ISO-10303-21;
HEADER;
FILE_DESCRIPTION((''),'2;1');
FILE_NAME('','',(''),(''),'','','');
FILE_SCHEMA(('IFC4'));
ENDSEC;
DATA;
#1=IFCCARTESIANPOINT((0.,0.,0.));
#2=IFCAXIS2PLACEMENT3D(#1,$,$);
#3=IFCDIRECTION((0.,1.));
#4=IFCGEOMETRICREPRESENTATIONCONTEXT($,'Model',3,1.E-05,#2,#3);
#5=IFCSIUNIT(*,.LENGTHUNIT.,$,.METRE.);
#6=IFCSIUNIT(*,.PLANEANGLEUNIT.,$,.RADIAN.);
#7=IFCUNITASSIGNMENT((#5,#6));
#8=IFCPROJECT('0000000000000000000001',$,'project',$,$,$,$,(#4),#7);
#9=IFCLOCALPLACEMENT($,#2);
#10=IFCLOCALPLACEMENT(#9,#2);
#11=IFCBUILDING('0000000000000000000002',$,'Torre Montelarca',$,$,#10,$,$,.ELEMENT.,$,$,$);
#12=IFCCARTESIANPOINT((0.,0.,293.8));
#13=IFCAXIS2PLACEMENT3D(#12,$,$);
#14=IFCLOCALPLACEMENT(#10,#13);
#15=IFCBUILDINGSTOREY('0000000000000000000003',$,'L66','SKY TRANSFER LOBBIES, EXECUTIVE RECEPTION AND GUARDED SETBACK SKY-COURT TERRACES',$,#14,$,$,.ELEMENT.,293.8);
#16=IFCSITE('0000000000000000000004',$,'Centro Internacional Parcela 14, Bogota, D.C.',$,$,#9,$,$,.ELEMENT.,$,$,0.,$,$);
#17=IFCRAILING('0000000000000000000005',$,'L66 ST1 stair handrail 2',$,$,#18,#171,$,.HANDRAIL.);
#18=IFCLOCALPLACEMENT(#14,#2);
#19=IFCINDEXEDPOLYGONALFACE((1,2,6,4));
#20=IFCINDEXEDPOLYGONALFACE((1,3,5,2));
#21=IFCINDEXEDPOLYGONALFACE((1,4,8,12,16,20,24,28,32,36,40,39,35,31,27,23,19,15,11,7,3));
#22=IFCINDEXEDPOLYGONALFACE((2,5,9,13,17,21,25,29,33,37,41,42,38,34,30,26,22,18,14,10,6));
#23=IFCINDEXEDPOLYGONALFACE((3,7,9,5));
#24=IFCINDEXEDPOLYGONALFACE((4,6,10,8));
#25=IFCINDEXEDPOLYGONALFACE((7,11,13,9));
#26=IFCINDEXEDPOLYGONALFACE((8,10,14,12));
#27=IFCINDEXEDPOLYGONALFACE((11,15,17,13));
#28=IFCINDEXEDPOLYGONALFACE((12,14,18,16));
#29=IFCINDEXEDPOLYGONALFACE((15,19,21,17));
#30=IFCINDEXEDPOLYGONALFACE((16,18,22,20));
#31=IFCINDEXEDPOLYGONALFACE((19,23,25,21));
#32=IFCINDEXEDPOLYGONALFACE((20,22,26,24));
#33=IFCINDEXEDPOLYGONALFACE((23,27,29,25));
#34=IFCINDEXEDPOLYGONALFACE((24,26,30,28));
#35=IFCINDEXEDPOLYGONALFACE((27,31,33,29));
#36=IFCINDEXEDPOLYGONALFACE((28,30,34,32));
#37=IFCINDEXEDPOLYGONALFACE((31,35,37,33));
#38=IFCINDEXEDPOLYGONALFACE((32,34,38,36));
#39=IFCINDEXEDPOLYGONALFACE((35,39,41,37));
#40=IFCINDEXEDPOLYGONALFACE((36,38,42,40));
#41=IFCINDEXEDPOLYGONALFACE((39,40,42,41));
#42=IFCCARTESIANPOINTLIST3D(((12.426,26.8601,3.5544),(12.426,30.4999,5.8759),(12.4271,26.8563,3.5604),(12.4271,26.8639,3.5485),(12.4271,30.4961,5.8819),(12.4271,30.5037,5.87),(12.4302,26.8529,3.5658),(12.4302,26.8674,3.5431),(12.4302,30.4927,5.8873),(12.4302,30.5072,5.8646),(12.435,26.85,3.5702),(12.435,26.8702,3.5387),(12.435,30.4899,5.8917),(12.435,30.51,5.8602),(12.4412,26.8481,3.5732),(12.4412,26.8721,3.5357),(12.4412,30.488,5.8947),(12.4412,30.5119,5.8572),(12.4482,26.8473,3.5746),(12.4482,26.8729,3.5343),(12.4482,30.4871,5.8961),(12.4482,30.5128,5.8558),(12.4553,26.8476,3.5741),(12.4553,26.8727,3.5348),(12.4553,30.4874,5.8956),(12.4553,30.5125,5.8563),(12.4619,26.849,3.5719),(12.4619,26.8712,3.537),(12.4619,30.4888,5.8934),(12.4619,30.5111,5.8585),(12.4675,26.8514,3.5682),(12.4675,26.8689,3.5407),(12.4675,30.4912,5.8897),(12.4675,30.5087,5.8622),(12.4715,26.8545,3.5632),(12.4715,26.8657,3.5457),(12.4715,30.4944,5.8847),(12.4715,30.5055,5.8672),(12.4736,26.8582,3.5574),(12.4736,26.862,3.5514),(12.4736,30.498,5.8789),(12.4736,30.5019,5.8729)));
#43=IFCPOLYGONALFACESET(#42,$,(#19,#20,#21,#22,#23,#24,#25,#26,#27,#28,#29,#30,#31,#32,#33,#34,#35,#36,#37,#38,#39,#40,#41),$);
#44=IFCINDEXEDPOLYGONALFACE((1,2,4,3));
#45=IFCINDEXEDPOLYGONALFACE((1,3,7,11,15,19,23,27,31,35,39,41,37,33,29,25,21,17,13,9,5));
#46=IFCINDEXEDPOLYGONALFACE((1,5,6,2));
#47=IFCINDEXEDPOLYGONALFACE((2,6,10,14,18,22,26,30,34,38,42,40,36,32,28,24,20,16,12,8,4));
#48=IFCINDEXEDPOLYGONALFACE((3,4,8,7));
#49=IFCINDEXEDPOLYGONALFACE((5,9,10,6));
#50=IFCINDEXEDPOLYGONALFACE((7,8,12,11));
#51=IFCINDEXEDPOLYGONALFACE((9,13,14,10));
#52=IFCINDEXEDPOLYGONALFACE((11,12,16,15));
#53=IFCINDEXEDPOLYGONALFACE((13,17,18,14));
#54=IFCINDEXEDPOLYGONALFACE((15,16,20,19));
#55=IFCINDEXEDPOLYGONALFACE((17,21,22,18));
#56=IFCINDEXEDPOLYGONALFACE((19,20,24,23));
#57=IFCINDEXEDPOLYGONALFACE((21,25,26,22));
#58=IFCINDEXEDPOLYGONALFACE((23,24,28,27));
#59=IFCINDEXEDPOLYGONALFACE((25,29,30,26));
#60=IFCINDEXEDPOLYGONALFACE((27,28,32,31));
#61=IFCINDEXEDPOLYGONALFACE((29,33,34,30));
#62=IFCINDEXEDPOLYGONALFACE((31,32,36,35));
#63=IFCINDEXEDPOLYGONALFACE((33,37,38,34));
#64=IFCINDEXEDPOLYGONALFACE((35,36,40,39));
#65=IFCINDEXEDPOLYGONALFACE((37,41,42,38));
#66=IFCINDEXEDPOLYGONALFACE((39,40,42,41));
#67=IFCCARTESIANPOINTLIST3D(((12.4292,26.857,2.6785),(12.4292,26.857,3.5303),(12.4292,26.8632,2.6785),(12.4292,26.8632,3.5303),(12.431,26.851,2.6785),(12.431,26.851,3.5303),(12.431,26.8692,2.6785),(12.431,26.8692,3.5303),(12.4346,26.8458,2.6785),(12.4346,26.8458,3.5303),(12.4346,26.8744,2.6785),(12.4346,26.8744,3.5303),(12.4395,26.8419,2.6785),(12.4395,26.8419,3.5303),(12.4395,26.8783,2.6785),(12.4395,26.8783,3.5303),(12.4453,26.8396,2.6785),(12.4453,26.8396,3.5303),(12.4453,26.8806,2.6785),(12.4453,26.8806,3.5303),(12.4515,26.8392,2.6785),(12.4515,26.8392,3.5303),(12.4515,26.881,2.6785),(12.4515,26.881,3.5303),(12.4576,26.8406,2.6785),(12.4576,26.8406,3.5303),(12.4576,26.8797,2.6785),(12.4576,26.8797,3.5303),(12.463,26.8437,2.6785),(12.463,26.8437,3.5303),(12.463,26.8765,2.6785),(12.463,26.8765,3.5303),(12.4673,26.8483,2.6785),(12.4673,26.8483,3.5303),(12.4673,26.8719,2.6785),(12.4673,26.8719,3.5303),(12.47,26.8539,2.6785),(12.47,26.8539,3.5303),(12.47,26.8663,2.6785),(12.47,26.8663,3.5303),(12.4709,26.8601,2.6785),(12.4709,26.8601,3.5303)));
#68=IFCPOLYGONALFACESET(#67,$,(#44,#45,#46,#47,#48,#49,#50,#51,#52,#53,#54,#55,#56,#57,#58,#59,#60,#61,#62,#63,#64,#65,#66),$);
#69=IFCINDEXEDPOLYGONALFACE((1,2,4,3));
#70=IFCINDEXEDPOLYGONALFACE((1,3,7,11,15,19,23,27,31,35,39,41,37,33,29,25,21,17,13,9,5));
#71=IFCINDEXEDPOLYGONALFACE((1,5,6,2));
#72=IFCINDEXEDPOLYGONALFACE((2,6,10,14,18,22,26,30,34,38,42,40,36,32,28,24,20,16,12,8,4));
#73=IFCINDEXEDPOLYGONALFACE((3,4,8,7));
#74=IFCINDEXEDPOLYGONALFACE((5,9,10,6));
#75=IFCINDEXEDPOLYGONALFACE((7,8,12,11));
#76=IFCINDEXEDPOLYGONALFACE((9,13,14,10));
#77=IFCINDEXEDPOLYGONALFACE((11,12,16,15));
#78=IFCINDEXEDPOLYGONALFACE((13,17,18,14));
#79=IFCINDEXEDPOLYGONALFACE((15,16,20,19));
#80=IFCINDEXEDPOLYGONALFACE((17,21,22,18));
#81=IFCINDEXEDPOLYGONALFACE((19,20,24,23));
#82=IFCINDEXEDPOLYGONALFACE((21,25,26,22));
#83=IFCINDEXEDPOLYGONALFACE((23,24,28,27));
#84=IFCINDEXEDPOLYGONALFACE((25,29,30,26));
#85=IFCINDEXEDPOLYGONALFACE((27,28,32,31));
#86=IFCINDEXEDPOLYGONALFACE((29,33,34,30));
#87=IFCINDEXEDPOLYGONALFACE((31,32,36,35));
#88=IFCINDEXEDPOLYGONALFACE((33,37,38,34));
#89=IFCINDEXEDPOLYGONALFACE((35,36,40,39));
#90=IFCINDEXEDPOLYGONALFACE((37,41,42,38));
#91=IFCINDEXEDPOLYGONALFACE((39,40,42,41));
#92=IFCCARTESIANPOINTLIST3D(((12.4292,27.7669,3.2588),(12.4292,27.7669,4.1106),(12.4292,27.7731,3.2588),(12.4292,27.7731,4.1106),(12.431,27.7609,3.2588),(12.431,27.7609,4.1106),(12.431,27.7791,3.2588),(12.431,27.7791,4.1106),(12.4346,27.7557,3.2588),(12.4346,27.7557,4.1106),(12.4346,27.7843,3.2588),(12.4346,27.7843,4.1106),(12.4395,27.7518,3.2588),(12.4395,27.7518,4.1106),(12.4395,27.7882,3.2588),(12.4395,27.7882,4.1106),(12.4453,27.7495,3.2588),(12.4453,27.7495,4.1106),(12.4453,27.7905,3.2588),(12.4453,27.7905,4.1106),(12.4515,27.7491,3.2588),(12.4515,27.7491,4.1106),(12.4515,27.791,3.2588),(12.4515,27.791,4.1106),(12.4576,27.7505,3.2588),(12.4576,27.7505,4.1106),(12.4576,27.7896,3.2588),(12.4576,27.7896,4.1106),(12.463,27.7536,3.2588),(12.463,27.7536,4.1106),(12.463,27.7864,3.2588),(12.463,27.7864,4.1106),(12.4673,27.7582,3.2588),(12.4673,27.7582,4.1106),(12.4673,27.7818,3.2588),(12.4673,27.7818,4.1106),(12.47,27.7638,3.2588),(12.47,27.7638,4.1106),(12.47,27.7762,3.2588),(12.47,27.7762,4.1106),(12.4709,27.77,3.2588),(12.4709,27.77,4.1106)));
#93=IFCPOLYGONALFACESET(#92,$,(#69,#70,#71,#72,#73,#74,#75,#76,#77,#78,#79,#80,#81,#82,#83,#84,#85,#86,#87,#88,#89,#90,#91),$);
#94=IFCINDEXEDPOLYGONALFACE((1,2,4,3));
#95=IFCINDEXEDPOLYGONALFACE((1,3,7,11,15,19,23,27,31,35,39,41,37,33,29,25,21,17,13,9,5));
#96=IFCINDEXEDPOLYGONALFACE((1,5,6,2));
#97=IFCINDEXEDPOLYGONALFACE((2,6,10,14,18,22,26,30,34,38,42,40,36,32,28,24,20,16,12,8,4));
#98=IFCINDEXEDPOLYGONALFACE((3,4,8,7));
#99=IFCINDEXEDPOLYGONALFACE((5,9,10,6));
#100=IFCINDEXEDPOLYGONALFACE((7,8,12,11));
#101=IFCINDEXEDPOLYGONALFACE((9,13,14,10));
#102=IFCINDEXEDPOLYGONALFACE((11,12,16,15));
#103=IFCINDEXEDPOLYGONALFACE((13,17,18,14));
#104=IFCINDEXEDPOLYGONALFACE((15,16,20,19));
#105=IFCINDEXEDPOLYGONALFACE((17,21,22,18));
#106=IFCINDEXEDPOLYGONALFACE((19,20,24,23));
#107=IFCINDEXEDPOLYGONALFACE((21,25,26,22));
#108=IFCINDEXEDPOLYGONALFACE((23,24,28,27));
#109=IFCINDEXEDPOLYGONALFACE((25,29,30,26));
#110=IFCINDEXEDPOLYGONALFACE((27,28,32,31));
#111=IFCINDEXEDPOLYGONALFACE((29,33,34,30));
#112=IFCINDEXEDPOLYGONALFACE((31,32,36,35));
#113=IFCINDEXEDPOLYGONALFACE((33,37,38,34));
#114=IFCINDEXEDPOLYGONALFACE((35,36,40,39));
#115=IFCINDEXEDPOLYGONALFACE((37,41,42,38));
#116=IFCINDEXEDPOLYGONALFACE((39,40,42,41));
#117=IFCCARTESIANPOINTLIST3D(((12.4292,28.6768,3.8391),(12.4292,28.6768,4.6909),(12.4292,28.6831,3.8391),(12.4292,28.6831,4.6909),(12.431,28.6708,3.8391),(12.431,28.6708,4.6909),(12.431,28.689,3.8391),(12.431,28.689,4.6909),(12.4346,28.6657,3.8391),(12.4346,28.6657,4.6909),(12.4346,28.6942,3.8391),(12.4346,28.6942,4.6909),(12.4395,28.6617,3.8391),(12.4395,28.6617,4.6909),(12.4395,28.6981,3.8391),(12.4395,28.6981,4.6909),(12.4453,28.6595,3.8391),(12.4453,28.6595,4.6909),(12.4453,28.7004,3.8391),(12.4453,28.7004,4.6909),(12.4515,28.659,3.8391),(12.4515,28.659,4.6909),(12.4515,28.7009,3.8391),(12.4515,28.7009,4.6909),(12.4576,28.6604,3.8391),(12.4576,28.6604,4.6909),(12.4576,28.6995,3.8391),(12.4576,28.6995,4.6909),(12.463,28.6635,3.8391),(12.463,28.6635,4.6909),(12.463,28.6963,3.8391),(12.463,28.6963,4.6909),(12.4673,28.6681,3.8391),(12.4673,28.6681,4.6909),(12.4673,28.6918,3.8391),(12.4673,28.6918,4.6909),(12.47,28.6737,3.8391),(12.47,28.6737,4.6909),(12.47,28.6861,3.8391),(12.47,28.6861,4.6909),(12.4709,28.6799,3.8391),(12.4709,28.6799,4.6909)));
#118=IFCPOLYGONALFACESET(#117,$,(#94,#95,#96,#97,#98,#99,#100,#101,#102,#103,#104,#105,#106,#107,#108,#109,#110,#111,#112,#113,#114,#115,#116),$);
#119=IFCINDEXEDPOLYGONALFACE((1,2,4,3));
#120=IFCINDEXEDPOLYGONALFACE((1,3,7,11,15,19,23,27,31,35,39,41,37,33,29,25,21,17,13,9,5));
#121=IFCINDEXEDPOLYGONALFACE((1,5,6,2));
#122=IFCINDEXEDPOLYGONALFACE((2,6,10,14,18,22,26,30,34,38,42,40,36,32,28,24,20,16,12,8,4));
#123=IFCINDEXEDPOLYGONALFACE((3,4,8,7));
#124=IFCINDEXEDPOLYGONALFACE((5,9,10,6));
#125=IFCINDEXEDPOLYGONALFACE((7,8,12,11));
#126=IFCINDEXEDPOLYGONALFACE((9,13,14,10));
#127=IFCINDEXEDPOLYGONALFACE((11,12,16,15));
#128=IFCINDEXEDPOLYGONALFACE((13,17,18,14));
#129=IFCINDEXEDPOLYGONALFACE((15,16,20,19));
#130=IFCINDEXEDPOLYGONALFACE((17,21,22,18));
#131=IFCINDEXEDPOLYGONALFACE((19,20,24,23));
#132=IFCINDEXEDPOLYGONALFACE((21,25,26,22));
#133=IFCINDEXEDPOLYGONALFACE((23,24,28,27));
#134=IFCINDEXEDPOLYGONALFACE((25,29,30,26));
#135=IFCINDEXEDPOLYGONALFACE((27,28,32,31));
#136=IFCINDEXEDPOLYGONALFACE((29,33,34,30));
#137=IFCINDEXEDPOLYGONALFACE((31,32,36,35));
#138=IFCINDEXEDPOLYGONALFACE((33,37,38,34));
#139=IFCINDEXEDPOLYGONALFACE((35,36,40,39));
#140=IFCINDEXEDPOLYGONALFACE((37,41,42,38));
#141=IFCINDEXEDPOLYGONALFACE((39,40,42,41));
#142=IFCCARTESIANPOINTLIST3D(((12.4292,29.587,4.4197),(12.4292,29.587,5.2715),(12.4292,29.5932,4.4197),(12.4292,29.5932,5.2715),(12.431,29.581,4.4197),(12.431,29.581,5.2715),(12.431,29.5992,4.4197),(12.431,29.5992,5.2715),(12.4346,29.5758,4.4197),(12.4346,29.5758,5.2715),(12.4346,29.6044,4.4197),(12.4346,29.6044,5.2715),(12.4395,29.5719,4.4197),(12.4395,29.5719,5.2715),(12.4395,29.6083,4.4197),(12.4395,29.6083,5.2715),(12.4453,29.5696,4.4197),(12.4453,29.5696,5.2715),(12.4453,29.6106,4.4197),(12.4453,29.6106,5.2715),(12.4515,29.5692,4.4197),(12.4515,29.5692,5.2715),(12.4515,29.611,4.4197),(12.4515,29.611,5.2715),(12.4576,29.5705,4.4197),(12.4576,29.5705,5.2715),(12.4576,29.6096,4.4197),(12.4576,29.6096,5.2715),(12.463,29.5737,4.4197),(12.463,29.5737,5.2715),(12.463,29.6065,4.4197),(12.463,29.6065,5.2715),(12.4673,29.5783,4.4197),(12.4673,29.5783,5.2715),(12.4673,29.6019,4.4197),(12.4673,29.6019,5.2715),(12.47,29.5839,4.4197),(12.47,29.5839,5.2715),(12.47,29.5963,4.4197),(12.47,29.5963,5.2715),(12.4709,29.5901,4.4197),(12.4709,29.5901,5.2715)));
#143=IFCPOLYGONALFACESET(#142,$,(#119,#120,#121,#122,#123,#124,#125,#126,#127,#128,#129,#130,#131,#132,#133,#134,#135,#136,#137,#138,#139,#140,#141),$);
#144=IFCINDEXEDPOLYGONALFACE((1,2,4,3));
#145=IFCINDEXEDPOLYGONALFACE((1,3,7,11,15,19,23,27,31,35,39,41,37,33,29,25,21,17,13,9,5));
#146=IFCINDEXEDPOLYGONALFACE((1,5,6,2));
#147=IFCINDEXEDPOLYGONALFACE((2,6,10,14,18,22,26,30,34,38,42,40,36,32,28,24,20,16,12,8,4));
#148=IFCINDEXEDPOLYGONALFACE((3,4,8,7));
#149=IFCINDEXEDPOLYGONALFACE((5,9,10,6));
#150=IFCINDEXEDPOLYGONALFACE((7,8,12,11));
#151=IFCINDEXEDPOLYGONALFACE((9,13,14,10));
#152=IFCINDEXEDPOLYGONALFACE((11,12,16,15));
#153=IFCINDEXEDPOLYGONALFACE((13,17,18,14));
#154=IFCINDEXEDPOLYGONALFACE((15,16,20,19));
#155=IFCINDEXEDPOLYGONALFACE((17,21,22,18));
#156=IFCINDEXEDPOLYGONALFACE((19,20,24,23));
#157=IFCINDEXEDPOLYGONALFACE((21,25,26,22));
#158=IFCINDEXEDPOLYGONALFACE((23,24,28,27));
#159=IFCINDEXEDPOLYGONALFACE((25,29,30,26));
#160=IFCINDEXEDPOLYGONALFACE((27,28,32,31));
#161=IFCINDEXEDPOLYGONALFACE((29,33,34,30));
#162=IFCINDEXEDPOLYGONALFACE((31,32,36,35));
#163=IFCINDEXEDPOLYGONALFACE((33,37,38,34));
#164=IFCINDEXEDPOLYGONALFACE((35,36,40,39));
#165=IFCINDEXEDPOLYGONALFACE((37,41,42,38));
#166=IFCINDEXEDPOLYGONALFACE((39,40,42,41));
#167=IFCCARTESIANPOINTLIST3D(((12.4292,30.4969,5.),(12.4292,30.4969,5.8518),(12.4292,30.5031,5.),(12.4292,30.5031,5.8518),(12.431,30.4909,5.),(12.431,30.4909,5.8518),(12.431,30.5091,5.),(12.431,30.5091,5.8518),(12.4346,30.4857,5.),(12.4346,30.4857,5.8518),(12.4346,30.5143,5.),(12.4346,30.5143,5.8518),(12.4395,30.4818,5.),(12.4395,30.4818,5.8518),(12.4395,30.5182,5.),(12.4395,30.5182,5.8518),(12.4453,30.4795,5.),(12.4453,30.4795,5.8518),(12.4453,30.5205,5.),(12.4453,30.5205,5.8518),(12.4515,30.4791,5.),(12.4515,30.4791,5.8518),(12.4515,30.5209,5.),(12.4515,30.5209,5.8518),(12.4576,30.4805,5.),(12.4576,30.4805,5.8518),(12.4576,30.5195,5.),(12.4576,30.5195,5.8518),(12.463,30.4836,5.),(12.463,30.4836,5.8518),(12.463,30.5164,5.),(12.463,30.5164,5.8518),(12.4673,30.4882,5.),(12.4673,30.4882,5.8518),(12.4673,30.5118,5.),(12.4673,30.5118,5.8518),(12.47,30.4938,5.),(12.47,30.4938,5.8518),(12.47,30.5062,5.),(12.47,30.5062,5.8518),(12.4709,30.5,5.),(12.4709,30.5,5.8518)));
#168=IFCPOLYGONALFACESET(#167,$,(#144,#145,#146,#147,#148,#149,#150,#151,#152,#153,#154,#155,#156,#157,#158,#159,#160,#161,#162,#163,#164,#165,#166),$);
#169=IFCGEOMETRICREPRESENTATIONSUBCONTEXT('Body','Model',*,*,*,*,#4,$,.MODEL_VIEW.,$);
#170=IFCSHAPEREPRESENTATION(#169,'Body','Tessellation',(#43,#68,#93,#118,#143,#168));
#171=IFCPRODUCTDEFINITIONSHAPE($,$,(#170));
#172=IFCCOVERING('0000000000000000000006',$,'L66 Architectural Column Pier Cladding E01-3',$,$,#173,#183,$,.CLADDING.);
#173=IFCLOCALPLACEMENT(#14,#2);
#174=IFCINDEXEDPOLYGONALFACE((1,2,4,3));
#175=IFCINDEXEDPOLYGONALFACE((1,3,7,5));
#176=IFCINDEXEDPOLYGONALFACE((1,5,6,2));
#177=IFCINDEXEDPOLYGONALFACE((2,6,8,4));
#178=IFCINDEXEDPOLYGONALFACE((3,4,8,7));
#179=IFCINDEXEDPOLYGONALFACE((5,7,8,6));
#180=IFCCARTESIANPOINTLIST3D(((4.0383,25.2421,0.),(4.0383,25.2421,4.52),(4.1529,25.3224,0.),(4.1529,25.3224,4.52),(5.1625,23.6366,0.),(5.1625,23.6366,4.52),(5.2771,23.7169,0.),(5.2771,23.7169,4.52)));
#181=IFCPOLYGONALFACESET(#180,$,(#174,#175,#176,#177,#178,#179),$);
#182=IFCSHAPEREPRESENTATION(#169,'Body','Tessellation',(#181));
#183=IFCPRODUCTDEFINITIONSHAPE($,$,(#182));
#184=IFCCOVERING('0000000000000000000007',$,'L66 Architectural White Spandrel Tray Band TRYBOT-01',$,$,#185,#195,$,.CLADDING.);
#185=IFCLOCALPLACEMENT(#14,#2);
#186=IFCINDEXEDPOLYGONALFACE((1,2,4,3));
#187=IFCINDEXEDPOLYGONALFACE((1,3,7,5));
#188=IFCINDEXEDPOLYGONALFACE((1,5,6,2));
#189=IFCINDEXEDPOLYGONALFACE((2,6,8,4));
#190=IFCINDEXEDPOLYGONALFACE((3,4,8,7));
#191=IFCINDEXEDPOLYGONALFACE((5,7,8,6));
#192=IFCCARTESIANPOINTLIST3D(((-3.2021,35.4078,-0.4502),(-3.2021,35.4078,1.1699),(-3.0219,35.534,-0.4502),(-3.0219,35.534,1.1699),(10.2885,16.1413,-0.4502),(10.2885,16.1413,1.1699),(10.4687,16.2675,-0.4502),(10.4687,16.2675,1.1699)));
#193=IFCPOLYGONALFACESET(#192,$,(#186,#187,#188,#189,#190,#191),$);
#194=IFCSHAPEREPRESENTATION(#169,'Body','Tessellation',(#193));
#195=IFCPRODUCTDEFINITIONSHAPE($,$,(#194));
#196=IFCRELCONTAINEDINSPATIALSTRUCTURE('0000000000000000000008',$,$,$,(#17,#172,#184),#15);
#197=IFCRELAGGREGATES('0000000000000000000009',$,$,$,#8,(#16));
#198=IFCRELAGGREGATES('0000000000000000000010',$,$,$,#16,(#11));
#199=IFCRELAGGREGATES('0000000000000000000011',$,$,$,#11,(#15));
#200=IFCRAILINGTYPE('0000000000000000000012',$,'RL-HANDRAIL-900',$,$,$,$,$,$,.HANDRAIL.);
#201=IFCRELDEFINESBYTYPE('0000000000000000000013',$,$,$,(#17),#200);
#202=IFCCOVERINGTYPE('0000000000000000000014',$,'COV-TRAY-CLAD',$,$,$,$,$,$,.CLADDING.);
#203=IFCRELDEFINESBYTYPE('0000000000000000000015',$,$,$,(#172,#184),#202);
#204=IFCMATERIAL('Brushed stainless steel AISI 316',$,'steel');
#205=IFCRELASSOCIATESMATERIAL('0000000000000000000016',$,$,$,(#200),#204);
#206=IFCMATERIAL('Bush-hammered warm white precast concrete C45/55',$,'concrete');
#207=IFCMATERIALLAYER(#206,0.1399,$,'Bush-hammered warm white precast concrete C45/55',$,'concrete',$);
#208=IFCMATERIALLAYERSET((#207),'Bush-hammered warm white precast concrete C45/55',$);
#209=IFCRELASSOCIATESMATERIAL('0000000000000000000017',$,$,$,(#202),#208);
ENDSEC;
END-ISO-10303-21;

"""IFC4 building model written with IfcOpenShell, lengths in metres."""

from ifc_helpers import new_model, si_unit, direction, frame, origin, origin_2d, place, context, subcontext, project, spatial, rectangle, circle, extrude, source, transform, mapped, material, layer, layer_set, type_object, element, save


model = new_model("IFC4")

# Units and contexts
model_context = context("Model", 3, precision=1e-05, world=origin(), true_north=direction((0.0, 1.0)))
body_context = subcontext(model_context, "Body", "Model", "MODEL_VIEW")
ifc_project = project(units=[si_unit("LENGTHUNIT", "METRE"), si_unit("PLANEANGLEUNIT", "RADIAN")], contexts=[model_context])

# Site, building, storey
site_placement = place(None, origin())
site = spatial("IfcSite", under=ifc_project, at=site_placement, Name="Centro Internacional Parcela 14, Bogota, D.C.", CompositionType="ELEMENT", RefElevation=0.0)
building_placement = place(site_placement, origin())
building = spatial("IfcBuilding", under=site, at=building_placement, Name="Torre Montelarca", CompositionType="ELEMENT")
storey_placement = place(building_placement, frame((0.0, 0.0, 293.8)))
storey = spatial("IfcBuildingStorey", under=building, at=storey_placement, Name="L66", Description="SKY TRANSFER LOBBIES, EXECUTIVE RECEPTION AND GUARDED SETBACK SKY-COURT TERRACES", CompositionType="ELEMENT", Elevation=293.8)

# Railing
ifc_material_1 = material(Name="Brushed stainless steel AISI 316", Category="steel")
railing_type_1 = type_object("IfcRailingType", Name="RL-HANDRAIL-900", PredefinedType="HANDRAIL", material=ifc_material_1)
railing_1_placement = place(storey_placement, frame((12.45, 26.8601, 2.6785)))
element("IfcRailing", 1, at=railing_1_placement, inside=storey, type_object=railing_type_1, Name="L66 ST1 stair handrail 2", PredefinedType="HANDRAIL", context=body_context, shape_type="SweptSolid", body=[
    extrude(circle(Radius=0.0239, at=origin_2d()), frame((0.0, 0.0, 0.876), z_axis=(0.0, 0.843112, 0.537739), x_axis=(-1.0, 0.0, 0.0)), (0.0, 0.0, 1.0), 4.3171),
    extrude(circle(Radius=0.021, at=origin_2d()), origin(), (0.0, 0.0, 1.0), 0.8518),
    extrude(circle(Radius=0.021, at=origin_2d()), frame((0.0, 0.9099, 0.5803)), (0.0, 0.0, 1.0), 0.8518),
    extrude(circle(Radius=0.021, at=origin_2d()), frame((0.0, 1.8198, 1.1606)), (0.0, 0.0, 1.0), 0.8518),
    extrude(circle(Radius=0.021, at=origin_2d()), frame((0.0, 2.73, 1.7412)), (0.0, 0.0, 1.0), 0.8518),
    extrude(circle(Radius=0.021, at=origin_2d()), frame((0.0, 3.6399, 2.3215)), (0.0, 0.0, 1.0), 0.8518),
])

# Coverings
ifc_material_2 = material(Name="Bush-hammered warm white precast concrete C45/55", Category="concrete")
ifc_layer_1 = layer(ifc_material_2, 0.1399, Name="Bush-hammered warm white precast concrete C45/55", Category="concrete")
ifc_layer_set_1 = layer_set([ifc_layer_1], Name="Bush-hammered warm white precast concrete C45/55")
covering_type = type_object("IfcCoveringType", Name="COV-TRAY-CLAD", PredefinedType="CLADDING", material=ifc_layer_set_1)
shared_shape_1 = source(origin(), body_context, "Body", "SweptSolid", [
    extrude(rectangle(XDim=1.96, YDim=0.1399, at=origin_2d()), origin(), (0.0, 0.0, 1.0), 4.52),
])
covering_1_placement = place(storey_placement, frame((4.6577, 24.4795, 0.0), z_axis=(0.0, 0.0, 1.0), x_axis=(0.573572, -0.819155, 0.0)))
element("IfcCovering", 2, at=covering_1_placement, inside=storey, type_object=covering_type, Name="L66 Architectural Column Pier Cladding E01-3", PredefinedType="CLADDING", context=body_context, shape_type="MappedRepresentation", body=[
    mapped(shared_shape_1, transform((0.0, 0.0, 0.0), scale=1.0)),
])
shared_shape_2 = source(origin(), body_context, "Body", "SweptSolid", [
    extrude(rectangle(XDim=23.52, YDim=0.22, at=origin_2d()), origin(), (0.0, 0.0, 1.0), 1.6201),
])
covering_2_placement = place(storey_placement, frame((3.6333, 25.8376, -0.4502), z_axis=(0.0, 0.0, 1.0), x_axis=(0.573576, -0.819152, 0.0)))
element("IfcCovering", 3, at=covering_2_placement, inside=storey, type_object=covering_type, Name="L66 Architectural White Spandrel Tray Band TRYBOT-01", PredefinedType="CLADDING", context=body_context, shape_type="MappedRepresentation", body=[
    mapped(shared_shape_2, transform((0.0, 0.0, 0.0), scale=1.0)),
])

save(model, "model.ifc")
